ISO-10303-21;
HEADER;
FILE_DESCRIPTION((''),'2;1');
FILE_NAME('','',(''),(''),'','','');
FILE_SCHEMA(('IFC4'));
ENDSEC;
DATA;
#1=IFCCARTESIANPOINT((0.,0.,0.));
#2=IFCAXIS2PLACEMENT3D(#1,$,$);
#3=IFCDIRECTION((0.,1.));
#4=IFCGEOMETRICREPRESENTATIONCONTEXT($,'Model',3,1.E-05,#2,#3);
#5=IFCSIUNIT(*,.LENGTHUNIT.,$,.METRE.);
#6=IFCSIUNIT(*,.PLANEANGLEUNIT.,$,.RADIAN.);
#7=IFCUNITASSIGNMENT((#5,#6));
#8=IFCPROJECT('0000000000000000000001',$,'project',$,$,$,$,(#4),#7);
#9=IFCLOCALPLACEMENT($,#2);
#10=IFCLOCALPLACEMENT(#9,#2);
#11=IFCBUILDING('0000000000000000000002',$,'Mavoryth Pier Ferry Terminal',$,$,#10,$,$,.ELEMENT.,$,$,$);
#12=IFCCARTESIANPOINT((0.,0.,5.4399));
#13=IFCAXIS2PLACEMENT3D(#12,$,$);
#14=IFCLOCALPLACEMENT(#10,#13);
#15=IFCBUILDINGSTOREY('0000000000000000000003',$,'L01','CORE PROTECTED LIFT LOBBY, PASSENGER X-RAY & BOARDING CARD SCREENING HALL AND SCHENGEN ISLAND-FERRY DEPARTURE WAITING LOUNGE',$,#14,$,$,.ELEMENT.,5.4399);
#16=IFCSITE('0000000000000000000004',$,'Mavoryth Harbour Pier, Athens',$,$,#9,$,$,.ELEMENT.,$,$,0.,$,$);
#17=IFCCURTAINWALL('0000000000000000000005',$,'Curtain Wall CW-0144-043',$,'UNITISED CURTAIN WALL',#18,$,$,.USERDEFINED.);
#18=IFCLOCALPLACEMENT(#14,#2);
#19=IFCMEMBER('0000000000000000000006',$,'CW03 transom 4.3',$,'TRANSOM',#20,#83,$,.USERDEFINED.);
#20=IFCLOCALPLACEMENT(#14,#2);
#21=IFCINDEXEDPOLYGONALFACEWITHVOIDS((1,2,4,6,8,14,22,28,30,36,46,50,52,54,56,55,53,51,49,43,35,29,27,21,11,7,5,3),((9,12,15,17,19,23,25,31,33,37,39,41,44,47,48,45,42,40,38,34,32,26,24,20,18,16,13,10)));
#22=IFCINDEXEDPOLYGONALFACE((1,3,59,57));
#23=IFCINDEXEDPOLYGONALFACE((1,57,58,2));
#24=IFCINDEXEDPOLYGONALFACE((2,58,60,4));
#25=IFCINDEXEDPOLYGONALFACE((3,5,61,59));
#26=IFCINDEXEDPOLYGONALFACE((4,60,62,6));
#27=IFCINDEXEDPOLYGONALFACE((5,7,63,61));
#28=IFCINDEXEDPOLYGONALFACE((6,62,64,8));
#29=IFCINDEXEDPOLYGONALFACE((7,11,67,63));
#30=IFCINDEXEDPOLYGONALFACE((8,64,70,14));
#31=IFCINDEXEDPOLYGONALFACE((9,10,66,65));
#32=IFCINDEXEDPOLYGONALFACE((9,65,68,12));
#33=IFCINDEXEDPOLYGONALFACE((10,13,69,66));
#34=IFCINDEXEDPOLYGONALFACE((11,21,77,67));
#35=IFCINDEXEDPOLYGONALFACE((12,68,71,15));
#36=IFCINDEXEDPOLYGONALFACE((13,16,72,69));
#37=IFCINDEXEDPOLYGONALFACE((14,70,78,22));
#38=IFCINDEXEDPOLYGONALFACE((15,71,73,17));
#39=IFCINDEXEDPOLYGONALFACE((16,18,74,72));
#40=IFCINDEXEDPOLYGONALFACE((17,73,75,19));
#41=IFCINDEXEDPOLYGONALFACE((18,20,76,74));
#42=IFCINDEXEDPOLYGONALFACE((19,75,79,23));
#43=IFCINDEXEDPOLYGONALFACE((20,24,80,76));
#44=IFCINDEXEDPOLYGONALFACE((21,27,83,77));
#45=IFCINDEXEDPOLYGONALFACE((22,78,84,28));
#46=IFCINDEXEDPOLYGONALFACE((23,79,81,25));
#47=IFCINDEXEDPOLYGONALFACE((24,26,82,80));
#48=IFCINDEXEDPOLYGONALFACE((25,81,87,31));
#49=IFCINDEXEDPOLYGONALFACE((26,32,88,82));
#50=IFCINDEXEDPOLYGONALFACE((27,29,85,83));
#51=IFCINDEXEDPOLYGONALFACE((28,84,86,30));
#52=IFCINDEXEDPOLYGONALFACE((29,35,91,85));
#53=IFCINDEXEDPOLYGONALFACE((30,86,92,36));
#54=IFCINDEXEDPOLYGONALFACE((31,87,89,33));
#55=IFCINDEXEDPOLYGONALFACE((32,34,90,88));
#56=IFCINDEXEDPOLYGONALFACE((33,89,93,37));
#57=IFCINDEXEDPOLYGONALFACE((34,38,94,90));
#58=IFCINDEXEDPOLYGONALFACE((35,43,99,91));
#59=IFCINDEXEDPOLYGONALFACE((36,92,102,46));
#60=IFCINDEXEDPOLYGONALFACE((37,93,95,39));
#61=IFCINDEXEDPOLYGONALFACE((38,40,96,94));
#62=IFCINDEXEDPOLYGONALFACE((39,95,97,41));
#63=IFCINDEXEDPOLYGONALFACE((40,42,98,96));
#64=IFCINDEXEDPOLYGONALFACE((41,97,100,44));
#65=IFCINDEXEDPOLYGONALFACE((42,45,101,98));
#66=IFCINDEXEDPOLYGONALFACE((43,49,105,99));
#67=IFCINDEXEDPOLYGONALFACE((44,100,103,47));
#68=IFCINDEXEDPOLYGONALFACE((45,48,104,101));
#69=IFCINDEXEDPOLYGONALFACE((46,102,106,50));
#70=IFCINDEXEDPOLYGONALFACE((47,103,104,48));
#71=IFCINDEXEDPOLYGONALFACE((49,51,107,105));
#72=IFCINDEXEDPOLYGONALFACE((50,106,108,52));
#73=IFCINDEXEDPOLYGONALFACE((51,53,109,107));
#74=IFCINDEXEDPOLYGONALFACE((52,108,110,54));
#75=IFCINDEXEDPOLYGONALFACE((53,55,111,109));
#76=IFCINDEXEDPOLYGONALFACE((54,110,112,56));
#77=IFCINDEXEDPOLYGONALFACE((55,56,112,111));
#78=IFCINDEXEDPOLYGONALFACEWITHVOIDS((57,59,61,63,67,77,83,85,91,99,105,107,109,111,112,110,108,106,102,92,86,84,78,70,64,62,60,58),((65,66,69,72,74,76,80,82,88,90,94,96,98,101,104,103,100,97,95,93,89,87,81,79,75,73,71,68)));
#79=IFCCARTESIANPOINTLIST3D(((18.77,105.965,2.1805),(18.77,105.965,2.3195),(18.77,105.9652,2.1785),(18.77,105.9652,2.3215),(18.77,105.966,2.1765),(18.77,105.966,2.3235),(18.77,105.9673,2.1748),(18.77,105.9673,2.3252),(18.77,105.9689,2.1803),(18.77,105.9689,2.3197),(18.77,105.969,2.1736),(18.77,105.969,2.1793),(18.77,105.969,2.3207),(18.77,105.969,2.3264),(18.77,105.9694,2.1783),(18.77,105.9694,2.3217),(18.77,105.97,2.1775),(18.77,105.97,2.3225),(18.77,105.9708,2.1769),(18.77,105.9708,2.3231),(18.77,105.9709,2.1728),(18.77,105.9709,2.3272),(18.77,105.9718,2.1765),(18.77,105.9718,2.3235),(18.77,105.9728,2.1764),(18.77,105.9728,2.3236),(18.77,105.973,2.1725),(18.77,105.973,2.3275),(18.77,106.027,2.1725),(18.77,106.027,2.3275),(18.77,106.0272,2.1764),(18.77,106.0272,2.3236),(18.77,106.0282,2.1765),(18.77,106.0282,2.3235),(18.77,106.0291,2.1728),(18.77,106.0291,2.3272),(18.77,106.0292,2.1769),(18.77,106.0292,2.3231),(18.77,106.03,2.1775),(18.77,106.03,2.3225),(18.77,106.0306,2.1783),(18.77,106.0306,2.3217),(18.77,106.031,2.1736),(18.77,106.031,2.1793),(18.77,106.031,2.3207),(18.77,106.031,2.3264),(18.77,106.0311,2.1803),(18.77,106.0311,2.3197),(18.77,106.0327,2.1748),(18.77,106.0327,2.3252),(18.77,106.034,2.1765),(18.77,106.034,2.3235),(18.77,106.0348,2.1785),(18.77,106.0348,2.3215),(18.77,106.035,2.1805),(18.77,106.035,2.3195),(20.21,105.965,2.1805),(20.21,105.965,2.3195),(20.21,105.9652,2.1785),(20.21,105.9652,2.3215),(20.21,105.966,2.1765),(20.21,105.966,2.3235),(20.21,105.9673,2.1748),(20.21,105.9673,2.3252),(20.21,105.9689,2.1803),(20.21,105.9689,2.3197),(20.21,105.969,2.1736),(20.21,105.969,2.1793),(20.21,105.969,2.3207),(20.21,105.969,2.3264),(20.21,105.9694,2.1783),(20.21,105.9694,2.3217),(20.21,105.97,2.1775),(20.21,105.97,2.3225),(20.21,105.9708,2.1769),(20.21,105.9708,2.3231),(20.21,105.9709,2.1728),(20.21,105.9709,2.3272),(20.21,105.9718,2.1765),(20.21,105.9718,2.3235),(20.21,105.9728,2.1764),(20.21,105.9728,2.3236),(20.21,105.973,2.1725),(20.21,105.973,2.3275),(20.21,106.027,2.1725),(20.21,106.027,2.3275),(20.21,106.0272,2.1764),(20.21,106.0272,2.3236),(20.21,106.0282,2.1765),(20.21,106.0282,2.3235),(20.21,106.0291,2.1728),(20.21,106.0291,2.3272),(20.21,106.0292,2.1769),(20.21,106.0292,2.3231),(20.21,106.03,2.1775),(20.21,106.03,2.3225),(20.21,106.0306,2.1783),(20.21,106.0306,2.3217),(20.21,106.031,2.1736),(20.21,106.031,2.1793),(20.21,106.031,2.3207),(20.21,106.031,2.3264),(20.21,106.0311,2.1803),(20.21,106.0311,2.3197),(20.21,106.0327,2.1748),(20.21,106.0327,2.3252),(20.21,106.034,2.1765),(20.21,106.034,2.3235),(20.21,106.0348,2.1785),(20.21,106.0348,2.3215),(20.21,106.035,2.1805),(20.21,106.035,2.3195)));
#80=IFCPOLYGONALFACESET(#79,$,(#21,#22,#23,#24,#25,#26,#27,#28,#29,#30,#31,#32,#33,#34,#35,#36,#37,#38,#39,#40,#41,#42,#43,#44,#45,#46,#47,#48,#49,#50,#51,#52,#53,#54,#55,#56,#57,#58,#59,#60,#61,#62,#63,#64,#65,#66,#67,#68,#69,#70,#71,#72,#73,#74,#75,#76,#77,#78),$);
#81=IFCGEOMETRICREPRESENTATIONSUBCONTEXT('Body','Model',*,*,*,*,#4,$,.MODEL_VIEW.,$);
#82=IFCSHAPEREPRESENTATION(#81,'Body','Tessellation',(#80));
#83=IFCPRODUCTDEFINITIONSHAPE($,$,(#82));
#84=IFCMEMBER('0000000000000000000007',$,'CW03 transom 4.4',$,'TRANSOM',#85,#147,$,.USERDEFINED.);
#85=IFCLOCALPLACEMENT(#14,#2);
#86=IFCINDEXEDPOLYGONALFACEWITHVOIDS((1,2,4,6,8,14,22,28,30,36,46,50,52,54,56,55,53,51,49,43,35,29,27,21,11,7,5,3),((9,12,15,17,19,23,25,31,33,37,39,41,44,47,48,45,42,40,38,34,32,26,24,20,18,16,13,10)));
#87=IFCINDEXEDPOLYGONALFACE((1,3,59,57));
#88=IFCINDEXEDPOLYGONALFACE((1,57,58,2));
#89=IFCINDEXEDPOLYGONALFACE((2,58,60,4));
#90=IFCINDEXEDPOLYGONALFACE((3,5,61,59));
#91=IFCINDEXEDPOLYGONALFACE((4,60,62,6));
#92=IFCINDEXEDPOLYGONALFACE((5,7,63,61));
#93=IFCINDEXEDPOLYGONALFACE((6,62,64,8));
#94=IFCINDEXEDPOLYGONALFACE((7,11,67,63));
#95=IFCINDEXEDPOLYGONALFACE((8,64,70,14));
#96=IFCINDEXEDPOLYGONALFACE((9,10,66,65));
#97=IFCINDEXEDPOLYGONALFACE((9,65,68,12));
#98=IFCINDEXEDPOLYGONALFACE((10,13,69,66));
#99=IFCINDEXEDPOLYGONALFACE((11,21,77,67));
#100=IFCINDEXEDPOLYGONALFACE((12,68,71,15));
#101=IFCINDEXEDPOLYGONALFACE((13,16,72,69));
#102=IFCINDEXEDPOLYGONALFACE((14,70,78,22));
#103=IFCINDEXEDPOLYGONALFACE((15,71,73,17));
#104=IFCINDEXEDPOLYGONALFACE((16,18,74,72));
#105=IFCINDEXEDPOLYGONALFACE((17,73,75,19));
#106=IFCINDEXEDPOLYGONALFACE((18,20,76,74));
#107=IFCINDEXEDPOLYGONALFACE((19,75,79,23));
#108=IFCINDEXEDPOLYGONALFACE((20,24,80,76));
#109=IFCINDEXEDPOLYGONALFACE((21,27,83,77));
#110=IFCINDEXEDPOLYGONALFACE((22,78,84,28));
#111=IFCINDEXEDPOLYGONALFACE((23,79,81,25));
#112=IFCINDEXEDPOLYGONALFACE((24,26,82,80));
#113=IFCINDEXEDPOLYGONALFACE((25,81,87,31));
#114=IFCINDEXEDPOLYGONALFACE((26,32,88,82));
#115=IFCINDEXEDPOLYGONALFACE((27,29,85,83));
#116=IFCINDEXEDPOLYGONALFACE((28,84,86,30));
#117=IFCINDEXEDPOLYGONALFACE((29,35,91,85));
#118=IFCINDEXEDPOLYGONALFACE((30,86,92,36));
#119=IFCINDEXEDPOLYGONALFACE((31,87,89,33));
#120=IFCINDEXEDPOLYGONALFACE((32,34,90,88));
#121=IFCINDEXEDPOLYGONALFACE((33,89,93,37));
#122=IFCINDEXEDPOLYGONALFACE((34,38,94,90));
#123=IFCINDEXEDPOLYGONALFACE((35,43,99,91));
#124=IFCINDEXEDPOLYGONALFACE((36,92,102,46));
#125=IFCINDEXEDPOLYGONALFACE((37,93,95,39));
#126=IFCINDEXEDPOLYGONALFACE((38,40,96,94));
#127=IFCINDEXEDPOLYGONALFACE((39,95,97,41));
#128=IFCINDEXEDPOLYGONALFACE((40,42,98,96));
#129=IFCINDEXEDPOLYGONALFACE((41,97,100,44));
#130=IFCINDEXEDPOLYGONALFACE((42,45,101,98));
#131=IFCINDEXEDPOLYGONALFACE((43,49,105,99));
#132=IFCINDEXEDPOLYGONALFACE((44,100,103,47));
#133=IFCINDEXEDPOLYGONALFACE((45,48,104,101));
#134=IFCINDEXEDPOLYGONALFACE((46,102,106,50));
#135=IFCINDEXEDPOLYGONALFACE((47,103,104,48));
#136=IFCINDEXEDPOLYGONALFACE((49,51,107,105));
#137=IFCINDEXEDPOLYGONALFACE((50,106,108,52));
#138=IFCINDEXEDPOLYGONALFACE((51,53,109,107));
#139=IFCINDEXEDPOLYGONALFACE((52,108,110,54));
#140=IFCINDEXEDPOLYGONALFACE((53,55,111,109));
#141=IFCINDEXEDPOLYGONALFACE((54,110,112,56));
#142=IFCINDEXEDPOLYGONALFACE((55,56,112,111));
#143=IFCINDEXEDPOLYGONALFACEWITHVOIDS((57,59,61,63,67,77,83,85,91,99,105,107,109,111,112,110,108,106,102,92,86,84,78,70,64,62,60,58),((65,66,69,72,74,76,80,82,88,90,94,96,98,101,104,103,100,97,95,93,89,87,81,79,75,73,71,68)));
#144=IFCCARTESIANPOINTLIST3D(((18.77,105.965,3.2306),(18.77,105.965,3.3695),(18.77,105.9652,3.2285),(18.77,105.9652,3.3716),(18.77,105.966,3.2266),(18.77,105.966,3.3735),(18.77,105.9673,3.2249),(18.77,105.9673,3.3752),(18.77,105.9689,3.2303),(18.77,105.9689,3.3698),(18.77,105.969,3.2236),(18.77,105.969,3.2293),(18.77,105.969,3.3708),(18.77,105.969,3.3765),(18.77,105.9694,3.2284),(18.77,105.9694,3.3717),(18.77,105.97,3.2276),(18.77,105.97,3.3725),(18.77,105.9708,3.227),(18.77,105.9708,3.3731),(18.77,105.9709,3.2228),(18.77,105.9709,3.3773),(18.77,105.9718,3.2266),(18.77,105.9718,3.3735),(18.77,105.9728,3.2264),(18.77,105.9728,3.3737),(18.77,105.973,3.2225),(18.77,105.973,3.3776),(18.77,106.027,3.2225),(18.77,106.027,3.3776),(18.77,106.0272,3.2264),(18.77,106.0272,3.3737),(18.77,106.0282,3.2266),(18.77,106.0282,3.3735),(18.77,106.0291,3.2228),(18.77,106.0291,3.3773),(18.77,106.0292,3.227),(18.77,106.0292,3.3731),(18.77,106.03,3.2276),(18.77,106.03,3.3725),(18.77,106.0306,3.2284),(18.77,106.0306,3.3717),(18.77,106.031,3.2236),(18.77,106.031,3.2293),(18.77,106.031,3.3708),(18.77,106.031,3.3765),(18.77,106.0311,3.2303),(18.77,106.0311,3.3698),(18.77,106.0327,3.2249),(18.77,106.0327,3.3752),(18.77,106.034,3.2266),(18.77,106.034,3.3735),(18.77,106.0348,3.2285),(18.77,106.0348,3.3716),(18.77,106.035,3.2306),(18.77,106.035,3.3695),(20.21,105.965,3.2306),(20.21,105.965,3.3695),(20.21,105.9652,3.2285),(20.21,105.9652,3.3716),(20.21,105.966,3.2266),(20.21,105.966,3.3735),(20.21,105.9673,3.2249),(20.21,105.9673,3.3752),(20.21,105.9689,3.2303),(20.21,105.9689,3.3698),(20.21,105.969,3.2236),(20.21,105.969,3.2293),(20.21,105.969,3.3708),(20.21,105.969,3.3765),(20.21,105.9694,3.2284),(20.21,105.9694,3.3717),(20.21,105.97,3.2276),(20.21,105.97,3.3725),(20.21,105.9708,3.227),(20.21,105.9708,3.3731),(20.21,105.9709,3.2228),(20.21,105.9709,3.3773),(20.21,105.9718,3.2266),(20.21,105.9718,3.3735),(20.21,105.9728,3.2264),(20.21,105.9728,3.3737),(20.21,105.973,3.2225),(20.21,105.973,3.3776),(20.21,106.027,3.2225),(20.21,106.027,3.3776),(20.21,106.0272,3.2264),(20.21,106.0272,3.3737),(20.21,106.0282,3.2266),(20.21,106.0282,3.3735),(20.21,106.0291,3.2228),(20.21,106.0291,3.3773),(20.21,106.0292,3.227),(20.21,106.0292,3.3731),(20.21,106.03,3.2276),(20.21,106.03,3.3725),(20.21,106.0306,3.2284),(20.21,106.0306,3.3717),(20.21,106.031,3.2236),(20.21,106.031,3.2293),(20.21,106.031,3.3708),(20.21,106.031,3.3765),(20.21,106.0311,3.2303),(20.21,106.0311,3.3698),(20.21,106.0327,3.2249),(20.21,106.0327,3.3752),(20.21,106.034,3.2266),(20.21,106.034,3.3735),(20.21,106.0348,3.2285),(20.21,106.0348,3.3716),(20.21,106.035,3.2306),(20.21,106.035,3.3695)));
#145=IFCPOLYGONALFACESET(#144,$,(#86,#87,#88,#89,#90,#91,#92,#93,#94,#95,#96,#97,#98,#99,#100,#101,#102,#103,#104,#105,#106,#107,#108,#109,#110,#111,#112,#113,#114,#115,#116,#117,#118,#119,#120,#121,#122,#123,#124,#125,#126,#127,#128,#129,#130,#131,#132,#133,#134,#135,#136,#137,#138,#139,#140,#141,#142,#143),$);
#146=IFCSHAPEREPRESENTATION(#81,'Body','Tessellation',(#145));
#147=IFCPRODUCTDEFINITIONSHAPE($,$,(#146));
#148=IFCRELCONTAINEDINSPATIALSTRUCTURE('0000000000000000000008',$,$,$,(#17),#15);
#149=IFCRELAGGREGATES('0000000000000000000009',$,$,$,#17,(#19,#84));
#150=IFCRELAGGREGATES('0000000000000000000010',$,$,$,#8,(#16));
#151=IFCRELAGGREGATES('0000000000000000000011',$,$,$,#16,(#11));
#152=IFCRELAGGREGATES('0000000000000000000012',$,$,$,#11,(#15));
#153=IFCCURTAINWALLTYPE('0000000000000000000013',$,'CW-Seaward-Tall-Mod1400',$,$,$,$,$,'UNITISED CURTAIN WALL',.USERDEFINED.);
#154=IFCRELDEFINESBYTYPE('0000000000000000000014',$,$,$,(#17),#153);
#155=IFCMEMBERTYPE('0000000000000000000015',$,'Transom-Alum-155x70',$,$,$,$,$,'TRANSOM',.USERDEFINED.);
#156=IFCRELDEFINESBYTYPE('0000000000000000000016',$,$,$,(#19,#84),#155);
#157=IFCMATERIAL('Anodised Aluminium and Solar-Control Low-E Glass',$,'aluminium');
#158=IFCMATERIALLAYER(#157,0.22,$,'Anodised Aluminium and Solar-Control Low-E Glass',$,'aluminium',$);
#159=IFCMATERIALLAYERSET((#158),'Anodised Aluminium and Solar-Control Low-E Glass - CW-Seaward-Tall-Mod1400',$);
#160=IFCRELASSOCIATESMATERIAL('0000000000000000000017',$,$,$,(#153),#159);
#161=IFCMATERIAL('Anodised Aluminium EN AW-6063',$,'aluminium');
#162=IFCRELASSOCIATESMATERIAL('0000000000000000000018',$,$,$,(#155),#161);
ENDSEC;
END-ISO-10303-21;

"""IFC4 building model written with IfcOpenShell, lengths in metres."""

from ifc_helpers import new_model, si_unit, direction, frame, origin, origin_2d, place, context, subcontext, project, spatial, hollow_rectangle, extrude, material, layer, layer_set, material_profile, profile_set, type_object, element, aggregate, save


model = new_model("IFC4")

# Units and contexts
model_context = context("Model", 3, precision=1e-05, world=origin(), true_north=direction((0.0, 1.0)))
body_context = subcontext(model_context, "Body", "Model", "MODEL_VIEW")
ifc_project = project(units=[si_unit("LENGTHUNIT", "METRE"), si_unit("PLANEANGLEUNIT", "RADIAN")], contexts=[model_context])

# Site, building, storey
site_placement = place(None, origin())
site = spatial("IfcSite", under=ifc_project, at=site_placement, Name="Mavoryth Harbour Pier, Athens", CompositionType="ELEMENT", RefElevation=0.0)
building_placement = place(site_placement, origin())
building = spatial("IfcBuilding", under=site, at=building_placement, Name="Mavoryth Pier Ferry Terminal", CompositionType="ELEMENT")
storey_placement = place(building_placement, frame((0.0, 0.0, 5.4399)))
storey = spatial("IfcBuildingStorey", under=building, at=storey_placement, Name="L01", Description="CORE PROTECTED LIFT LOBBY, PASSENGER X-RAY & BOARDING CARD SCREENING HALL AND SCHENGEN ISLAND-FERRY DEPARTURE WAITING LOUNGE", CompositionType="ELEMENT", Elevation=5.4399)

# Curtain wall
ifc_material_1 = material(Name="Anodised Aluminium and Solar-Control Low-E Glass", Category="aluminium")
ifc_layer_1 = layer(ifc_material_1, 0.22, Name="Anodised Aluminium and Solar-Control Low-E Glass", Category="aluminium")
ifc_layer_set_1 = layer_set([ifc_layer_1], Name="Anodised Aluminium and Solar-Control Low-E Glass - CW-Seaward-Tall-Mod1400")
curtain_wall_type = type_object("IfcCurtainWallType", Name="CW-Seaward-Tall-Mod1400", ElementType="UNITISED CURTAIN WALL", PredefinedType="USERDEFINED", material=ifc_layer_set_1)
curtain_wall_placement = place(storey_placement, origin())
curtain_wall = element("IfcCurtainWall", 1, at=curtain_wall_placement, inside=storey, type_object=curtain_wall_type, Name="Curtain Wall CW-0144-043", ObjectType="UNITISED CURTAIN WALL", PredefinedType="USERDEFINED")
ifc_material_2 = material(Name="Anodised Aluminium EN AW-6063", Category="aluminium")

# Members
ifc_material_profile_1 = material_profile(ifc_material_2, hollow_rectangle(XDim=0.0701, YDim=0.155, WallThickness=0.0039, InnerFilletRadius=0.0039, OuterFilletRadius=0.0081, at=origin_2d()), Name="AL-TRAN 155x70x4", Category="aluminium")
ifc_profile_set_1 = profile_set([ifc_material_profile_1], Name="Anodised Aluminium EN AW-6063 - AL-TRAN 155x70x4")
member_type_1 = type_object("IfcMemberType", Name="Transom-Alum-155x70", ElementType="TRANSOM", PredefinedType="USERDEFINED", material=ifc_profile_set_1)
member_1_placement = place(storey_placement, frame((20.21, 106.0, 2.25), z_axis=(-1.0, 0.0, 0.0), x_axis=(0.0, -1.0, 0.0)))
member_1 = element("IfcMember", 2, at=member_1_placement, type_object=member_type_1, Name="CW03 transom 4.3", ObjectType="TRANSOM", PredefinedType="USERDEFINED", context=body_context, shape_type="SweptSolid", body=[
    extrude(hollow_rectangle(XDim=0.0701, YDim=0.155, WallThickness=0.0039, InnerFilletRadius=0.0039, OuterFilletRadius=0.0081, at=origin_2d()), origin(), (0.0, 0.0, 1.0), 1.4399),
])
member_2_placement = place(storey_placement, frame((20.21, 106.0, 3.3), z_axis=(-1.0, 0.0, 0.0), x_axis=(0.0, -1.0, 0.0)))
member_2 = element("IfcMember", 3, at=member_2_placement, type_object=member_type_1, Name="CW03 transom 4.4", ObjectType="TRANSOM", PredefinedType="USERDEFINED", context=body_context, shape_type="SweptSolid", body=[
    extrude(hollow_rectangle(XDim=0.0701, YDim=0.155, WallThickness=0.0039, InnerFilletRadius=0.0039, OuterFilletRadius=0.0081, at=origin_2d()), origin(), (0.0, 0.0, 1.0), 1.4399),
])

aggregate(curtain_wall, [member_1, member_2])

save(model, "model.ifc")
